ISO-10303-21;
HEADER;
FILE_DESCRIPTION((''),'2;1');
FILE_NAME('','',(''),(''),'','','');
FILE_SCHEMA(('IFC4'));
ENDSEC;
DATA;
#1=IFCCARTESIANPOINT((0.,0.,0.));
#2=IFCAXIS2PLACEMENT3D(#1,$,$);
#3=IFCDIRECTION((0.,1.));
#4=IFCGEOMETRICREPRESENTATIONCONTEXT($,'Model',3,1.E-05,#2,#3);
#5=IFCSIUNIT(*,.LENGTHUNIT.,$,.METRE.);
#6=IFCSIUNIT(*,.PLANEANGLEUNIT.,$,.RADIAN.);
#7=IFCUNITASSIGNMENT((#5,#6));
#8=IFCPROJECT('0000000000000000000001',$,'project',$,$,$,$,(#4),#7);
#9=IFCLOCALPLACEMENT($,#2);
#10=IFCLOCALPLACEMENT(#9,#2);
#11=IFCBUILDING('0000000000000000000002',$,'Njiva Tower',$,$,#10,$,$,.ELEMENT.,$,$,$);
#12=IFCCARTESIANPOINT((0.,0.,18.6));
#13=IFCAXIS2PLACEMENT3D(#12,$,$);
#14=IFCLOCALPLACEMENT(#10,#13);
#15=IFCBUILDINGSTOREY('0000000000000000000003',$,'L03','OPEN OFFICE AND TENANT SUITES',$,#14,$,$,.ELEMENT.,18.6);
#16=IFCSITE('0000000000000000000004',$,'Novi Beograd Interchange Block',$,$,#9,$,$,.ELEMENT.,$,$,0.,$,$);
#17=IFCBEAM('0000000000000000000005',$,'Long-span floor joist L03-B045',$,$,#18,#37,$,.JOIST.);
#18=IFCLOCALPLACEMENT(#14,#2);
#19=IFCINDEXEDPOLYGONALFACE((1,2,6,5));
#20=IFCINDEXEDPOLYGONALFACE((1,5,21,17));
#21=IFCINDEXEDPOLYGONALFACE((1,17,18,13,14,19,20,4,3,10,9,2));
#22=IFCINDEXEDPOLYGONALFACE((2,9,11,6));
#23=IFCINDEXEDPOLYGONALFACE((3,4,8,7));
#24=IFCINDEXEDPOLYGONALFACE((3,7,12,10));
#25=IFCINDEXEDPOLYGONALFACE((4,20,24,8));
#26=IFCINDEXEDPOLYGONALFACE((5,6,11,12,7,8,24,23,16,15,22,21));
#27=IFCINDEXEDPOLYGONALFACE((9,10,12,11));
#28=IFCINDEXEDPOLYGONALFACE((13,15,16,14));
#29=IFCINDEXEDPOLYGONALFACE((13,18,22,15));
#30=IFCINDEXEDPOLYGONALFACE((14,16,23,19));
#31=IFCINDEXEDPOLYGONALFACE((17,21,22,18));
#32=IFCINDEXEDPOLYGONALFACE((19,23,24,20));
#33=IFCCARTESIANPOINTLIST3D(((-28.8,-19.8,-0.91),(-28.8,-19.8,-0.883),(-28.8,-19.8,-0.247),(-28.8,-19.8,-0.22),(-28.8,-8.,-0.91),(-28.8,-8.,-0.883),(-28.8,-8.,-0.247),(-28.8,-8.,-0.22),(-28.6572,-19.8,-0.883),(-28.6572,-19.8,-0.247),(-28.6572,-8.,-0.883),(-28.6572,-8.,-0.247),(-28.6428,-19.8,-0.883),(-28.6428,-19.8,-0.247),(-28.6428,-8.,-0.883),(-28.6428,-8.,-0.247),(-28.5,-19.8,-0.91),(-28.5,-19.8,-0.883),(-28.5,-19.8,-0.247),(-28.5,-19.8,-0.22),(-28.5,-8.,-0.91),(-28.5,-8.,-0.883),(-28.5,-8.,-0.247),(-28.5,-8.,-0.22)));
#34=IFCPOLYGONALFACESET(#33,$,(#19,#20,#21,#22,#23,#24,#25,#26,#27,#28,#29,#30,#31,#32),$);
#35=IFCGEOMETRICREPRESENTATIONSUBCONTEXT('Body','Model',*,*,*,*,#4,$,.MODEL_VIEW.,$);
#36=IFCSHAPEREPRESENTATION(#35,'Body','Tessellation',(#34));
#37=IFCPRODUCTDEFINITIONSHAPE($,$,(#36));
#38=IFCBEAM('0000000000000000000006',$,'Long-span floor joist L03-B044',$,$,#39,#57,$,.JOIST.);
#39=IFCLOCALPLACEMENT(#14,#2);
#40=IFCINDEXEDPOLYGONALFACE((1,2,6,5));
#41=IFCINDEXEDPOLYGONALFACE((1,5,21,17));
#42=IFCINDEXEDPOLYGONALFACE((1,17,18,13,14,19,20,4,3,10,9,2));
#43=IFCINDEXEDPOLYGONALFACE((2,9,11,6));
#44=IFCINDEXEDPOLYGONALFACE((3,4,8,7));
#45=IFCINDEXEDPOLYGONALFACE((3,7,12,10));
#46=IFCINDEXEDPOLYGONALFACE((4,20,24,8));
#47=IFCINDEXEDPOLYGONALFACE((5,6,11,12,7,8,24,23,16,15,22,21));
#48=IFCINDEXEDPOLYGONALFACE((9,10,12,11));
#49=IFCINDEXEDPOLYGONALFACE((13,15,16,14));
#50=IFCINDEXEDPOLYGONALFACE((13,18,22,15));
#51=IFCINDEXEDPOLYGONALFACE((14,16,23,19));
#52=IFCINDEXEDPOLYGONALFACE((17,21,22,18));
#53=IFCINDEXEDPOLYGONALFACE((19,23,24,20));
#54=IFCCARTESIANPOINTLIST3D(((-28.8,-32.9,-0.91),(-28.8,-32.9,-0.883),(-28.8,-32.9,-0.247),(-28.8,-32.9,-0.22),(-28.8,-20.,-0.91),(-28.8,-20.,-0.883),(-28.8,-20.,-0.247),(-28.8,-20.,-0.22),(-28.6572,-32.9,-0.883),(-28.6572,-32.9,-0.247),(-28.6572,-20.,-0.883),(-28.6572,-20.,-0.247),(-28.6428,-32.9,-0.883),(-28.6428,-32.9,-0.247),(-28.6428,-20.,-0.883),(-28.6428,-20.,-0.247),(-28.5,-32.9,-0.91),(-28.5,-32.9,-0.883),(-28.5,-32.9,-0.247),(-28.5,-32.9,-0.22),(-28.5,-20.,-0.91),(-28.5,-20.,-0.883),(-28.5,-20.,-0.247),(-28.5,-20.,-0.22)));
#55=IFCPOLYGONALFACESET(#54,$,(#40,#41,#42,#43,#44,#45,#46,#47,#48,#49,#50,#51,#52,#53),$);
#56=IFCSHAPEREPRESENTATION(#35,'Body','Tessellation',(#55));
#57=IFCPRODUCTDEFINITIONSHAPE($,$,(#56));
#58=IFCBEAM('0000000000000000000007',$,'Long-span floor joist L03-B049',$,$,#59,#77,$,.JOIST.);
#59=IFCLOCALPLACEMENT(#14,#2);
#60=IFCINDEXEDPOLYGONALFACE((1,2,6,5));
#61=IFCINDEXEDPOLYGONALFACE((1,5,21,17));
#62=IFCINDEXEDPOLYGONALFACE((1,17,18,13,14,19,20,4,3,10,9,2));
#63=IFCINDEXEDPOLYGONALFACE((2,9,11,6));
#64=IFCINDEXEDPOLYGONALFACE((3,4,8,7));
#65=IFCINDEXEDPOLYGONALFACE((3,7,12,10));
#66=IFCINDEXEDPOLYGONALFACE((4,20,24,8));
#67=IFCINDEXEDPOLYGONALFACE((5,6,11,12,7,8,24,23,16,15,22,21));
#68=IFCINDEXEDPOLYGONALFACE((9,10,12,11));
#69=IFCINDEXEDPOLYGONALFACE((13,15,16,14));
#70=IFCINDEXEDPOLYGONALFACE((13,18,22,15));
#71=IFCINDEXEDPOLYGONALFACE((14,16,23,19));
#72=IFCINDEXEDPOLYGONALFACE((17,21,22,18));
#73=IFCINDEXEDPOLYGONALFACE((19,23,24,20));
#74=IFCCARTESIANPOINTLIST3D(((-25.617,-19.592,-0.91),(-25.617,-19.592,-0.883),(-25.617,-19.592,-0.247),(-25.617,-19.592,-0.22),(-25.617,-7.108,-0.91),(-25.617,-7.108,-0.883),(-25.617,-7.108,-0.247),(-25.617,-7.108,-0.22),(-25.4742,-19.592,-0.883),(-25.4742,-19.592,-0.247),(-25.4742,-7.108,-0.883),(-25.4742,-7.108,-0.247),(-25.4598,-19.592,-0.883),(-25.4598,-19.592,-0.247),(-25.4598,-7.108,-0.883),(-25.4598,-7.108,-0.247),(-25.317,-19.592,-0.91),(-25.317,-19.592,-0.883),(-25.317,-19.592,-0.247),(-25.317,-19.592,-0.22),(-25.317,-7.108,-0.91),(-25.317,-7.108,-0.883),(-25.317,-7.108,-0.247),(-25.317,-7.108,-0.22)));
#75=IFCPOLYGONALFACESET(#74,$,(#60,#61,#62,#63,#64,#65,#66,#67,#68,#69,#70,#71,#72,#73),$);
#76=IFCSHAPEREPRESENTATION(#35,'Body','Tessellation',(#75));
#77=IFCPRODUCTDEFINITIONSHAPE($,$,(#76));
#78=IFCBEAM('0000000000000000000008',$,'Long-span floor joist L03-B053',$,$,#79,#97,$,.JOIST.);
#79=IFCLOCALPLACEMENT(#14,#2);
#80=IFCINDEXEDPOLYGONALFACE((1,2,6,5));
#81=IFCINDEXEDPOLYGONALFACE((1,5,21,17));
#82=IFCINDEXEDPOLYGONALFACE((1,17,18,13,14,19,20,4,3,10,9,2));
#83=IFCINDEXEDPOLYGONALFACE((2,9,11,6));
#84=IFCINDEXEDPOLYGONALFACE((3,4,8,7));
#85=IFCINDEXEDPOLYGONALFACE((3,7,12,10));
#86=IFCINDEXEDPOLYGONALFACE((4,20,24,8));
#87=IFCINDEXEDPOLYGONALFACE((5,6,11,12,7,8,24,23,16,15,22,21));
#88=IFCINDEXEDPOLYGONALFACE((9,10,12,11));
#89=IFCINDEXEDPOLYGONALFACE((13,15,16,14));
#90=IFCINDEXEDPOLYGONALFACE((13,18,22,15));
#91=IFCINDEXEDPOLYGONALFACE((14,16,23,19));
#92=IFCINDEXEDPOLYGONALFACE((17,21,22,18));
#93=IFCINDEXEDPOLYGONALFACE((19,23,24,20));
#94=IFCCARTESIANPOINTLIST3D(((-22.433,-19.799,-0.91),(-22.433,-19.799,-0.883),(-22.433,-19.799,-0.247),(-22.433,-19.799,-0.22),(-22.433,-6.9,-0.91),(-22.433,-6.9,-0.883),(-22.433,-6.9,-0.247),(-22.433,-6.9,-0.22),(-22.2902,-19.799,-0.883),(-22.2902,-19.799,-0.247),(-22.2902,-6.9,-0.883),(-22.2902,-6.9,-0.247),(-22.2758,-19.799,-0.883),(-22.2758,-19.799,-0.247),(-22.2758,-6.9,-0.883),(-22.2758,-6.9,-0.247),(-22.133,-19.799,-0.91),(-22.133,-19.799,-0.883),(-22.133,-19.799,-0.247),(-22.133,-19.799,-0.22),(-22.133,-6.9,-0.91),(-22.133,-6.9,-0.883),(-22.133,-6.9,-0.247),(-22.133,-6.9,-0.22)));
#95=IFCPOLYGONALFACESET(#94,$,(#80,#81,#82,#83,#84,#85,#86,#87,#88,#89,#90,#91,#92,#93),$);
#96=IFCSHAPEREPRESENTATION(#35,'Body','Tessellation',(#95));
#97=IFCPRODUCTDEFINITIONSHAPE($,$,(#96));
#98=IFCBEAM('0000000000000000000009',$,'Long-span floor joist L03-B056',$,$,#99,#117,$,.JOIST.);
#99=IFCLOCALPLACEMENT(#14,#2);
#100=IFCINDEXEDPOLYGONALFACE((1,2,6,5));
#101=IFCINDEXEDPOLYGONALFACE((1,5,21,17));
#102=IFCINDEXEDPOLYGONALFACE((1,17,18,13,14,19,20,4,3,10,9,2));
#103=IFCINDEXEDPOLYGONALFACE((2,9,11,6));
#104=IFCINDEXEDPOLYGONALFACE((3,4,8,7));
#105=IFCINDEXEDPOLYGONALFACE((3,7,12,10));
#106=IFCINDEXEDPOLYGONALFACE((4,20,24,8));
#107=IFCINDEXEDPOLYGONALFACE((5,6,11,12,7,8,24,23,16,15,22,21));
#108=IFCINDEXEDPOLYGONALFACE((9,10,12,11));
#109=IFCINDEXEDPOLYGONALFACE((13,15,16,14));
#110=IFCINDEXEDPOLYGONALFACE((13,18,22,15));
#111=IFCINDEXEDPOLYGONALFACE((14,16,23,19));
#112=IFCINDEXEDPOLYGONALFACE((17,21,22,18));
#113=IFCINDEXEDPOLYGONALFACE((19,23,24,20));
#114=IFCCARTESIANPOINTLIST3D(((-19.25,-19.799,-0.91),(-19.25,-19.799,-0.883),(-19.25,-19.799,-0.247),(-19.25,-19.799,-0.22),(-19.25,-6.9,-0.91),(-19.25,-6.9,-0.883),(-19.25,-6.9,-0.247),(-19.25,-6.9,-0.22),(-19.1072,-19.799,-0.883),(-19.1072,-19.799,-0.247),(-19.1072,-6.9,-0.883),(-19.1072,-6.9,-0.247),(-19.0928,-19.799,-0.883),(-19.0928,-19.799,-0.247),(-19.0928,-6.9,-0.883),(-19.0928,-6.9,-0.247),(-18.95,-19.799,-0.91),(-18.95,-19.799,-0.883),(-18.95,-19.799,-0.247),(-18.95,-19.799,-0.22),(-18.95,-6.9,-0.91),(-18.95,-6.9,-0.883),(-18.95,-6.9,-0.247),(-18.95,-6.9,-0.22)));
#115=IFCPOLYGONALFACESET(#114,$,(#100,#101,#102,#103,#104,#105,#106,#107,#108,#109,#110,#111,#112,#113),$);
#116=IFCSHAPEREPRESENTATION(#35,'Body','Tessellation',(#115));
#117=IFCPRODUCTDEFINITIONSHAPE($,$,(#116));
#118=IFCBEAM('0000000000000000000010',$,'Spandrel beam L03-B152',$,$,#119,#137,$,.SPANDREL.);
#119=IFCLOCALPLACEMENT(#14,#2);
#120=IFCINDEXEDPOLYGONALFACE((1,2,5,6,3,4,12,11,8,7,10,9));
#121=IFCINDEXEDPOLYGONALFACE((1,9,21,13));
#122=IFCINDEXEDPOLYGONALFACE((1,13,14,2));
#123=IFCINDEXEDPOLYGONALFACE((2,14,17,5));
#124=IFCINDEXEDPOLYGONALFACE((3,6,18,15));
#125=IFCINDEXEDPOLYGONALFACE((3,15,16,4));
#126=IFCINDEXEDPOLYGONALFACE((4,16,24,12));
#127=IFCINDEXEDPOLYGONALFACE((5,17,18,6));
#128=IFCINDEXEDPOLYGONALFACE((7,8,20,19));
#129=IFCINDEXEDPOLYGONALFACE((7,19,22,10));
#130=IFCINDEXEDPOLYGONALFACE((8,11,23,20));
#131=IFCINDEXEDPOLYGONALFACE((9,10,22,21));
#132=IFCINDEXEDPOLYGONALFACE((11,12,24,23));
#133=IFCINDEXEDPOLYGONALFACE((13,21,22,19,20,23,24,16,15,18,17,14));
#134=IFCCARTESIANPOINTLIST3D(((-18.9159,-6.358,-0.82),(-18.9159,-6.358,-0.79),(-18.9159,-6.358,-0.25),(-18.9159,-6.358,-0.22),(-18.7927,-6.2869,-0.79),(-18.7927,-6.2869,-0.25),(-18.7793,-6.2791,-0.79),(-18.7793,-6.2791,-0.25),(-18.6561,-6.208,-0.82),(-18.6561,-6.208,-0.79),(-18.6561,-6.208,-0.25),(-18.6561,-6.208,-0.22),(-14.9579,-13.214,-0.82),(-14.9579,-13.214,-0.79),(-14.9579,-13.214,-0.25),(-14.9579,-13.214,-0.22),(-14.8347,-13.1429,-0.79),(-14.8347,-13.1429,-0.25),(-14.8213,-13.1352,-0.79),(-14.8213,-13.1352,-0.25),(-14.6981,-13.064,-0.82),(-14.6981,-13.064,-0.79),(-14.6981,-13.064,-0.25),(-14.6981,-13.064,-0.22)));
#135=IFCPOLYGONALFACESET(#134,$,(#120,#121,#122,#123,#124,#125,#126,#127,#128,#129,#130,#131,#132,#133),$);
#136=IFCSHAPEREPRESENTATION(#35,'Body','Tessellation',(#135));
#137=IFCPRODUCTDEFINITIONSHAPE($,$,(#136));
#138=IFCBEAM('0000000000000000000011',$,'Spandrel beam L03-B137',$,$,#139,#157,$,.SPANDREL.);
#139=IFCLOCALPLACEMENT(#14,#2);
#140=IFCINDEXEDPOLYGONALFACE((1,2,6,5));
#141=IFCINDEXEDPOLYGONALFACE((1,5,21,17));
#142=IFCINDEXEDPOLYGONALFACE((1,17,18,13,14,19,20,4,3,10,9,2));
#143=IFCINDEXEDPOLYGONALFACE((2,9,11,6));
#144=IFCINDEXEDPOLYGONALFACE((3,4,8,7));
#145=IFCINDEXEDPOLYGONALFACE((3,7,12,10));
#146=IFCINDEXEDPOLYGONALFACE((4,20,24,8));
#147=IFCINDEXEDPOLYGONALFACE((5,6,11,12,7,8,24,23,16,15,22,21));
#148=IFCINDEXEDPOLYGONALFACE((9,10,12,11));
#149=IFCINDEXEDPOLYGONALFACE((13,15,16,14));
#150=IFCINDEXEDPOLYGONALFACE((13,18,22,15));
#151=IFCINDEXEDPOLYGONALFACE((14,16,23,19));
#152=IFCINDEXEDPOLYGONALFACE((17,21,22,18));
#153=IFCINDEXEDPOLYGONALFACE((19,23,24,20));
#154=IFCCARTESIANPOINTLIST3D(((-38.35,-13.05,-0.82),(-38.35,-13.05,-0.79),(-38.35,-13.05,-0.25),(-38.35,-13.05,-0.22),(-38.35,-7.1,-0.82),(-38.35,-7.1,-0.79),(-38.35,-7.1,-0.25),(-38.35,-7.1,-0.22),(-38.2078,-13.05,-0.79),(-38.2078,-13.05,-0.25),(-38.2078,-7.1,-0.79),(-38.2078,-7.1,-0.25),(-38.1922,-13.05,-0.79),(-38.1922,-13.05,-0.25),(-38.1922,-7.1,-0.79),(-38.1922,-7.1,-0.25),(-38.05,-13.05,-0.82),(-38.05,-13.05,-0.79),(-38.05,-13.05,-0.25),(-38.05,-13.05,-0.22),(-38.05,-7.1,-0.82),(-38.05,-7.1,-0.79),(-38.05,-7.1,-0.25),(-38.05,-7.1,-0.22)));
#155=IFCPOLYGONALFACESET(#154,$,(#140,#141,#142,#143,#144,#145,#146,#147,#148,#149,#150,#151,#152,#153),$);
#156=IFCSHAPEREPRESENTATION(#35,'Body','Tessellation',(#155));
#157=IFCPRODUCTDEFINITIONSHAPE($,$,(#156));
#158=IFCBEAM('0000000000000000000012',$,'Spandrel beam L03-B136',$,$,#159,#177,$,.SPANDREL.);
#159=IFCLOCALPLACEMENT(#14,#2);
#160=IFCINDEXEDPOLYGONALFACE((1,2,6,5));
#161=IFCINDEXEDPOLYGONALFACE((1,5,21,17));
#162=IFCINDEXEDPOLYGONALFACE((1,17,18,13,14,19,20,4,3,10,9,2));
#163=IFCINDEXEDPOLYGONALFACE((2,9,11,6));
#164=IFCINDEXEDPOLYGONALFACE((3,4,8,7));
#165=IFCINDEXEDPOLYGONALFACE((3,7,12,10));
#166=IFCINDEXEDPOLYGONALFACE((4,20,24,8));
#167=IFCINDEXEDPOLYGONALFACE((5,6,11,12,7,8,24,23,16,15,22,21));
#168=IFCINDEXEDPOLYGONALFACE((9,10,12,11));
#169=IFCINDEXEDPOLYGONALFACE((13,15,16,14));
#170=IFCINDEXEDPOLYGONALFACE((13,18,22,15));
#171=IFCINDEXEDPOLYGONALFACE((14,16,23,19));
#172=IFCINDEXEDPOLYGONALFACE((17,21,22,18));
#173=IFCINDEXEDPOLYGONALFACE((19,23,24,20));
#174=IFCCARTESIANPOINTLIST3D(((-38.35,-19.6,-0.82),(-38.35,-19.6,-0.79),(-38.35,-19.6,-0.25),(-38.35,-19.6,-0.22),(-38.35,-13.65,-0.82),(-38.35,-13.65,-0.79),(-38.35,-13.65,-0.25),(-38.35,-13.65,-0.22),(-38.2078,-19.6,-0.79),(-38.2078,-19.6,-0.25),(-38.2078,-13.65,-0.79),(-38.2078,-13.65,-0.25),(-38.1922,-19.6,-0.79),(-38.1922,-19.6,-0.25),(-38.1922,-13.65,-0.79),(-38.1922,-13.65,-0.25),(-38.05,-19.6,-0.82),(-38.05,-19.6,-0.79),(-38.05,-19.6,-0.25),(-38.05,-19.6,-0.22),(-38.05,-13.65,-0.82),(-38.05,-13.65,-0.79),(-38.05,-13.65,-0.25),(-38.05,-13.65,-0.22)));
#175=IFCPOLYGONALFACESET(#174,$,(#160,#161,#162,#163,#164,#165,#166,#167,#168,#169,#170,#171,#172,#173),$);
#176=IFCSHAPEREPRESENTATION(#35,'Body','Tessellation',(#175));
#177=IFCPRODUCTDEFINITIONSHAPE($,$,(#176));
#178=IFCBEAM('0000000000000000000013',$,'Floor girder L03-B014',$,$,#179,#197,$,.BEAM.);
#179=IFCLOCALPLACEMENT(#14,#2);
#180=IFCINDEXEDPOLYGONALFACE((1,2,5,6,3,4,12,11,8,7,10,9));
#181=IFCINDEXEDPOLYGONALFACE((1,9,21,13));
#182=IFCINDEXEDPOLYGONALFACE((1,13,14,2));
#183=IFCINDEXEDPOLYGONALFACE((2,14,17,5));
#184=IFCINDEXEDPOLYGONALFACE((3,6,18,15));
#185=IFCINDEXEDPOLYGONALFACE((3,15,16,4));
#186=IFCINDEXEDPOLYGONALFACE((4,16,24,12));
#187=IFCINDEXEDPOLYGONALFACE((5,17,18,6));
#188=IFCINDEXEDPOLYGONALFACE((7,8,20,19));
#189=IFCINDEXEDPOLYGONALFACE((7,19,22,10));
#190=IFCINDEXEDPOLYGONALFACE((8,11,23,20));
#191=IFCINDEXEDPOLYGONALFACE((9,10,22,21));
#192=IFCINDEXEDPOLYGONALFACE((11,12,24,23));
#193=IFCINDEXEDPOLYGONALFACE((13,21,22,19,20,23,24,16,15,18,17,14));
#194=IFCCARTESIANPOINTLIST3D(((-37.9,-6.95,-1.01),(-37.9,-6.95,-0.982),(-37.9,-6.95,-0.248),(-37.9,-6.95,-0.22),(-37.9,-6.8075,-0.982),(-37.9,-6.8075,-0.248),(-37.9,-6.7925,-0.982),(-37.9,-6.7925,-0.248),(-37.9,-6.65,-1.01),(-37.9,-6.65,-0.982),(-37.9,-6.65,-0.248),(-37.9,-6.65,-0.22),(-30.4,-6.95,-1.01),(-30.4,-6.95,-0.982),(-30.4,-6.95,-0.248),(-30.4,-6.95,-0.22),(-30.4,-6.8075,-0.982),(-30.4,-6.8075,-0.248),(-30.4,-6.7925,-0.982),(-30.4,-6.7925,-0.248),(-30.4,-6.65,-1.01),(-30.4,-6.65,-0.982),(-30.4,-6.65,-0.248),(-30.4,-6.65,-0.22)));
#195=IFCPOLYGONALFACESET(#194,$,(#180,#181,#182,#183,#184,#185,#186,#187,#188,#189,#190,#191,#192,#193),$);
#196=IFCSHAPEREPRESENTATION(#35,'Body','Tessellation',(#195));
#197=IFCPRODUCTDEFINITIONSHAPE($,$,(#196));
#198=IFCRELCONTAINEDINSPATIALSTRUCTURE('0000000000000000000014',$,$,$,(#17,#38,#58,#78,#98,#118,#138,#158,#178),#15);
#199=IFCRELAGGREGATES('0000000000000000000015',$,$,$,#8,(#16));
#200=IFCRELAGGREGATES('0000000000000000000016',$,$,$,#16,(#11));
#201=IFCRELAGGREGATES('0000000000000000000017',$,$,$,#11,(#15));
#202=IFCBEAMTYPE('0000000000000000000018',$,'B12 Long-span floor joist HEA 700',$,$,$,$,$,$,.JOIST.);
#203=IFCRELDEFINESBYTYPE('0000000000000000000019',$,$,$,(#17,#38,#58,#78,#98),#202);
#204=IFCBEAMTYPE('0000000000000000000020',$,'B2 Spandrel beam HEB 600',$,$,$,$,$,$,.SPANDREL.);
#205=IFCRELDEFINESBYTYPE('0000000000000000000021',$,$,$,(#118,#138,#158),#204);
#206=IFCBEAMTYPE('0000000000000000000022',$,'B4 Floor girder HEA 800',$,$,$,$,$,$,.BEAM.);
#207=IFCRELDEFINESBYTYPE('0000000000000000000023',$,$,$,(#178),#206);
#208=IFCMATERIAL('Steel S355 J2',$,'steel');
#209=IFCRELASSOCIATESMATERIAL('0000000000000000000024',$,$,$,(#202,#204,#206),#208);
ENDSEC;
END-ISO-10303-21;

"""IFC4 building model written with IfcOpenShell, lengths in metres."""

from ifc_helpers import new_model, si_unit, direction, frame, origin, origin_2d, place, context, subcontext, project, spatial, i_section, extrude, material, material_profile, profile_set, type_object, element, save


model = new_model("IFC4")

# Units and contexts
model_context = context("Model", 3, precision=1e-05, world=origin(), true_north=direction((0.0, 1.0)))
body_context = subcontext(model_context, "Body", "Model", "MODEL_VIEW")
ifc_project = project(units=[si_unit("LENGTHUNIT", "METRE"), si_unit("PLANEANGLEUNIT", "RADIAN")], contexts=[model_context])

# Site, building, storey
site_placement = place(None, origin())
site = spatial("IfcSite", under=ifc_project, at=site_placement, Name="Novi Beograd Interchange Block", CompositionType="ELEMENT", RefElevation=0.0)
building_placement = place(site_placement, origin())
building = spatial("IfcBuilding", under=site, at=building_placement, Name="Njiva Tower", CompositionType="ELEMENT")
storey_placement = place(building_placement, frame((0.0, 0.0, 18.6)))
storey = spatial("IfcBuildingStorey", under=building, at=storey_placement, Name="L03", Description="OPEN OFFICE AND TENANT SUITES", CompositionType="ELEMENT", Elevation=18.6)

# Shared definitions
ifc_material_1 = material(Name="Steel S355 J2", Category="steel")

# Beams
ifc_material_profile_1 = material_profile(ifc_material_1, i_section(OverallWidth=0.3, OverallDepth=0.69, WebThickness=0.0145, FlangeThickness=0.027, at=origin_2d()), Name="HEA 700")
ifc_profile_set_1 = profile_set([ifc_material_profile_1], Name="Steel S355 J2")
beam_type_1 = type_object("IfcBeamType", Name="B12 Long-span floor joist HEA 700", PredefinedType="JOIST", material=ifc_profile_set_1)
beam_1_placement = place(storey_placement, frame((-28.65, -8.0, -0.565), z_axis=(0.0, -1.0, 0.0), x_axis=(1.0, 0.0, 0.0)))
element("IfcBeam", 1, at=beam_1_placement, inside=storey, type_object=beam_type_1, Name="Long-span floor joist L03-B045", PredefinedType="JOIST", context=body_context, shape_type="SweptSolid", body=[
    extrude(i_section(OverallWidth=0.3, OverallDepth=0.69, WebThickness=0.0145, FlangeThickness=0.027, at=origin_2d()), origin(), (0.0, 0.0, 1.0), 11.8),
])
beam_2_placement = place(storey_placement, frame((-28.65, -20.0, -0.565), z_axis=(0.0, -1.0, 0.0), x_axis=(1.0, 0.0, 0.0)))
element("IfcBeam", 2, at=beam_2_placement, inside=storey, type_object=beam_type_1, Name="Long-span floor joist L03-B044", PredefinedType="JOIST", context=body_context, shape_type="SweptSolid", body=[
    extrude(i_section(OverallWidth=0.3, OverallDepth=0.69, WebThickness=0.0145, FlangeThickness=0.027, at=origin_2d()), origin(), (0.0, 0.0, 1.0), 12.9),
])
beam_3_placement = place(storey_placement, frame((-25.467, -7.108, -0.565), z_axis=(0.0, -1.0, 0.0), x_axis=(1.0, 0.0, 0.0)))
element("IfcBeam", 3, at=beam_3_placement, inside=storey, type_object=beam_type_1, Name="Long-span floor joist L03-B049", PredefinedType="JOIST", context=body_context, shape_type="SweptSolid", body=[
    extrude(i_section(OverallWidth=0.3, OverallDepth=0.69, WebThickness=0.0145, FlangeThickness=0.027, at=origin_2d()), origin(), (0.0, 0.0, 1.0), 12.484),
])
for number, where, z_axis, x_axis, name in (
    (4, (-22.283, -6.9, -0.565), (0.0, -1.0, 0.0), (1.0, 0.0, 0.0), "Long-span floor joist L03-B053"),
    (5, (-19.1, -6.9, -0.565), (0.0, -1.0, 0.0), (1.0, 0.0, 0.0), "Long-span floor joist L03-B056"),
):
    element("IfcBeam", number, at=place(storey_placement, frame(where, z_axis=z_axis, x_axis=x_axis)), inside=storey, type_object=beam_type_1, Name=name, PredefinedType="JOIST", context=body_context, shape_type="SweptSolid", body=[
        extrude(i_section(OverallWidth=0.3, OverallDepth=0.69, WebThickness=0.0145, FlangeThickness=0.027, at=origin_2d()), origin(), (0.0, 0.0, 1.0), 12.899),
    ])
ifc_material_profile_2 = material_profile(ifc_material_1, i_section(OverallWidth=0.3, OverallDepth=0.6, WebThickness=0.0155, FlangeThickness=0.03, at=origin_2d()), Name="HEB 600")
ifc_profile_set_2 = profile_set([ifc_material_profile_2], Name="Steel S355 J2")
beam_type_2 = type_object("IfcBeamType", Name="B2 Spandrel beam HEB 600", PredefinedType="SPANDREL", material=ifc_profile_set_2)
beam_4_placement = place(storey_placement, frame((-18.786, -6.283, -0.52), z_axis=(0.49997, -0.866043, 0.0), x_axis=(0.866043, 0.49997, 0.0)))
element("IfcBeam", 6, at=beam_4_placement, inside=storey, type_object=beam_type_2, Name="Spandrel beam L03-B152", PredefinedType="SPANDREL", context=body_context, shape_type="SweptSolid", body=[
    extrude(i_section(OverallWidth=0.3, OverallDepth=0.6, WebThickness=0.0155, FlangeThickness=0.03, at=origin_2d()), origin(), (0.0, 0.0, 1.0), 7.9165),
])
for number, where, z_axis, x_axis, name in (
    (7, (-38.2, -7.1, -0.52), (0.0, -1.0, 0.0), (1.0, 0.0, 0.0), "Spandrel beam L03-B137"),
    (8, (-38.2, -13.65, -0.52), (0.0, -1.0, 0.0), (1.0, 0.0, 0.0), "Spandrel beam L03-B136"),
):
    element("IfcBeam", number, at=place(storey_placement, frame(where, z_axis=z_axis, x_axis=x_axis)), inside=storey, type_object=beam_type_2, Name=name, PredefinedType="SPANDREL", context=body_context, shape_type="SweptSolid", body=[
        extrude(i_section(OverallWidth=0.3, OverallDepth=0.6, WebThickness=0.0155, FlangeThickness=0.03, at=origin_2d()), origin(), (0.0, 0.0, 1.0), 5.95),
    ])
ifc_material_profile_3 = material_profile(ifc_material_1, i_section(OverallWidth=0.3, OverallDepth=0.79, WebThickness=0.015, FlangeThickness=0.028, at=origin_2d()), Name="HEA 800")
ifc_profile_set_3 = profile_set([ifc_material_profile_3], Name="Steel S355 J2")
beam_type_3 = type_object("IfcBeamType", Name="B4 Floor girder HEA 800", PredefinedType="BEAM", material=ifc_profile_set_3)
beam_5_placement = place(storey_placement, frame((-37.9, -6.8, -0.615), z_axis=(1.0, 0.0, 0.0), x_axis=(0.0, 1.0, 0.0)))
element("IfcBeam", 9, at=beam_5_placement, inside=storey, type_object=beam_type_3, Name="Floor girder L03-B014", PredefinedType="BEAM", context=body_context, shape_type="SweptSolid", body=[
    extrude(i_section(OverallWidth=0.3, OverallDepth=0.79, WebThickness=0.015, FlangeThickness=0.028, at=origin_2d()), origin(), (0.0, 0.0, 1.0), 7.5),
])

save(model, "model.ifc")
